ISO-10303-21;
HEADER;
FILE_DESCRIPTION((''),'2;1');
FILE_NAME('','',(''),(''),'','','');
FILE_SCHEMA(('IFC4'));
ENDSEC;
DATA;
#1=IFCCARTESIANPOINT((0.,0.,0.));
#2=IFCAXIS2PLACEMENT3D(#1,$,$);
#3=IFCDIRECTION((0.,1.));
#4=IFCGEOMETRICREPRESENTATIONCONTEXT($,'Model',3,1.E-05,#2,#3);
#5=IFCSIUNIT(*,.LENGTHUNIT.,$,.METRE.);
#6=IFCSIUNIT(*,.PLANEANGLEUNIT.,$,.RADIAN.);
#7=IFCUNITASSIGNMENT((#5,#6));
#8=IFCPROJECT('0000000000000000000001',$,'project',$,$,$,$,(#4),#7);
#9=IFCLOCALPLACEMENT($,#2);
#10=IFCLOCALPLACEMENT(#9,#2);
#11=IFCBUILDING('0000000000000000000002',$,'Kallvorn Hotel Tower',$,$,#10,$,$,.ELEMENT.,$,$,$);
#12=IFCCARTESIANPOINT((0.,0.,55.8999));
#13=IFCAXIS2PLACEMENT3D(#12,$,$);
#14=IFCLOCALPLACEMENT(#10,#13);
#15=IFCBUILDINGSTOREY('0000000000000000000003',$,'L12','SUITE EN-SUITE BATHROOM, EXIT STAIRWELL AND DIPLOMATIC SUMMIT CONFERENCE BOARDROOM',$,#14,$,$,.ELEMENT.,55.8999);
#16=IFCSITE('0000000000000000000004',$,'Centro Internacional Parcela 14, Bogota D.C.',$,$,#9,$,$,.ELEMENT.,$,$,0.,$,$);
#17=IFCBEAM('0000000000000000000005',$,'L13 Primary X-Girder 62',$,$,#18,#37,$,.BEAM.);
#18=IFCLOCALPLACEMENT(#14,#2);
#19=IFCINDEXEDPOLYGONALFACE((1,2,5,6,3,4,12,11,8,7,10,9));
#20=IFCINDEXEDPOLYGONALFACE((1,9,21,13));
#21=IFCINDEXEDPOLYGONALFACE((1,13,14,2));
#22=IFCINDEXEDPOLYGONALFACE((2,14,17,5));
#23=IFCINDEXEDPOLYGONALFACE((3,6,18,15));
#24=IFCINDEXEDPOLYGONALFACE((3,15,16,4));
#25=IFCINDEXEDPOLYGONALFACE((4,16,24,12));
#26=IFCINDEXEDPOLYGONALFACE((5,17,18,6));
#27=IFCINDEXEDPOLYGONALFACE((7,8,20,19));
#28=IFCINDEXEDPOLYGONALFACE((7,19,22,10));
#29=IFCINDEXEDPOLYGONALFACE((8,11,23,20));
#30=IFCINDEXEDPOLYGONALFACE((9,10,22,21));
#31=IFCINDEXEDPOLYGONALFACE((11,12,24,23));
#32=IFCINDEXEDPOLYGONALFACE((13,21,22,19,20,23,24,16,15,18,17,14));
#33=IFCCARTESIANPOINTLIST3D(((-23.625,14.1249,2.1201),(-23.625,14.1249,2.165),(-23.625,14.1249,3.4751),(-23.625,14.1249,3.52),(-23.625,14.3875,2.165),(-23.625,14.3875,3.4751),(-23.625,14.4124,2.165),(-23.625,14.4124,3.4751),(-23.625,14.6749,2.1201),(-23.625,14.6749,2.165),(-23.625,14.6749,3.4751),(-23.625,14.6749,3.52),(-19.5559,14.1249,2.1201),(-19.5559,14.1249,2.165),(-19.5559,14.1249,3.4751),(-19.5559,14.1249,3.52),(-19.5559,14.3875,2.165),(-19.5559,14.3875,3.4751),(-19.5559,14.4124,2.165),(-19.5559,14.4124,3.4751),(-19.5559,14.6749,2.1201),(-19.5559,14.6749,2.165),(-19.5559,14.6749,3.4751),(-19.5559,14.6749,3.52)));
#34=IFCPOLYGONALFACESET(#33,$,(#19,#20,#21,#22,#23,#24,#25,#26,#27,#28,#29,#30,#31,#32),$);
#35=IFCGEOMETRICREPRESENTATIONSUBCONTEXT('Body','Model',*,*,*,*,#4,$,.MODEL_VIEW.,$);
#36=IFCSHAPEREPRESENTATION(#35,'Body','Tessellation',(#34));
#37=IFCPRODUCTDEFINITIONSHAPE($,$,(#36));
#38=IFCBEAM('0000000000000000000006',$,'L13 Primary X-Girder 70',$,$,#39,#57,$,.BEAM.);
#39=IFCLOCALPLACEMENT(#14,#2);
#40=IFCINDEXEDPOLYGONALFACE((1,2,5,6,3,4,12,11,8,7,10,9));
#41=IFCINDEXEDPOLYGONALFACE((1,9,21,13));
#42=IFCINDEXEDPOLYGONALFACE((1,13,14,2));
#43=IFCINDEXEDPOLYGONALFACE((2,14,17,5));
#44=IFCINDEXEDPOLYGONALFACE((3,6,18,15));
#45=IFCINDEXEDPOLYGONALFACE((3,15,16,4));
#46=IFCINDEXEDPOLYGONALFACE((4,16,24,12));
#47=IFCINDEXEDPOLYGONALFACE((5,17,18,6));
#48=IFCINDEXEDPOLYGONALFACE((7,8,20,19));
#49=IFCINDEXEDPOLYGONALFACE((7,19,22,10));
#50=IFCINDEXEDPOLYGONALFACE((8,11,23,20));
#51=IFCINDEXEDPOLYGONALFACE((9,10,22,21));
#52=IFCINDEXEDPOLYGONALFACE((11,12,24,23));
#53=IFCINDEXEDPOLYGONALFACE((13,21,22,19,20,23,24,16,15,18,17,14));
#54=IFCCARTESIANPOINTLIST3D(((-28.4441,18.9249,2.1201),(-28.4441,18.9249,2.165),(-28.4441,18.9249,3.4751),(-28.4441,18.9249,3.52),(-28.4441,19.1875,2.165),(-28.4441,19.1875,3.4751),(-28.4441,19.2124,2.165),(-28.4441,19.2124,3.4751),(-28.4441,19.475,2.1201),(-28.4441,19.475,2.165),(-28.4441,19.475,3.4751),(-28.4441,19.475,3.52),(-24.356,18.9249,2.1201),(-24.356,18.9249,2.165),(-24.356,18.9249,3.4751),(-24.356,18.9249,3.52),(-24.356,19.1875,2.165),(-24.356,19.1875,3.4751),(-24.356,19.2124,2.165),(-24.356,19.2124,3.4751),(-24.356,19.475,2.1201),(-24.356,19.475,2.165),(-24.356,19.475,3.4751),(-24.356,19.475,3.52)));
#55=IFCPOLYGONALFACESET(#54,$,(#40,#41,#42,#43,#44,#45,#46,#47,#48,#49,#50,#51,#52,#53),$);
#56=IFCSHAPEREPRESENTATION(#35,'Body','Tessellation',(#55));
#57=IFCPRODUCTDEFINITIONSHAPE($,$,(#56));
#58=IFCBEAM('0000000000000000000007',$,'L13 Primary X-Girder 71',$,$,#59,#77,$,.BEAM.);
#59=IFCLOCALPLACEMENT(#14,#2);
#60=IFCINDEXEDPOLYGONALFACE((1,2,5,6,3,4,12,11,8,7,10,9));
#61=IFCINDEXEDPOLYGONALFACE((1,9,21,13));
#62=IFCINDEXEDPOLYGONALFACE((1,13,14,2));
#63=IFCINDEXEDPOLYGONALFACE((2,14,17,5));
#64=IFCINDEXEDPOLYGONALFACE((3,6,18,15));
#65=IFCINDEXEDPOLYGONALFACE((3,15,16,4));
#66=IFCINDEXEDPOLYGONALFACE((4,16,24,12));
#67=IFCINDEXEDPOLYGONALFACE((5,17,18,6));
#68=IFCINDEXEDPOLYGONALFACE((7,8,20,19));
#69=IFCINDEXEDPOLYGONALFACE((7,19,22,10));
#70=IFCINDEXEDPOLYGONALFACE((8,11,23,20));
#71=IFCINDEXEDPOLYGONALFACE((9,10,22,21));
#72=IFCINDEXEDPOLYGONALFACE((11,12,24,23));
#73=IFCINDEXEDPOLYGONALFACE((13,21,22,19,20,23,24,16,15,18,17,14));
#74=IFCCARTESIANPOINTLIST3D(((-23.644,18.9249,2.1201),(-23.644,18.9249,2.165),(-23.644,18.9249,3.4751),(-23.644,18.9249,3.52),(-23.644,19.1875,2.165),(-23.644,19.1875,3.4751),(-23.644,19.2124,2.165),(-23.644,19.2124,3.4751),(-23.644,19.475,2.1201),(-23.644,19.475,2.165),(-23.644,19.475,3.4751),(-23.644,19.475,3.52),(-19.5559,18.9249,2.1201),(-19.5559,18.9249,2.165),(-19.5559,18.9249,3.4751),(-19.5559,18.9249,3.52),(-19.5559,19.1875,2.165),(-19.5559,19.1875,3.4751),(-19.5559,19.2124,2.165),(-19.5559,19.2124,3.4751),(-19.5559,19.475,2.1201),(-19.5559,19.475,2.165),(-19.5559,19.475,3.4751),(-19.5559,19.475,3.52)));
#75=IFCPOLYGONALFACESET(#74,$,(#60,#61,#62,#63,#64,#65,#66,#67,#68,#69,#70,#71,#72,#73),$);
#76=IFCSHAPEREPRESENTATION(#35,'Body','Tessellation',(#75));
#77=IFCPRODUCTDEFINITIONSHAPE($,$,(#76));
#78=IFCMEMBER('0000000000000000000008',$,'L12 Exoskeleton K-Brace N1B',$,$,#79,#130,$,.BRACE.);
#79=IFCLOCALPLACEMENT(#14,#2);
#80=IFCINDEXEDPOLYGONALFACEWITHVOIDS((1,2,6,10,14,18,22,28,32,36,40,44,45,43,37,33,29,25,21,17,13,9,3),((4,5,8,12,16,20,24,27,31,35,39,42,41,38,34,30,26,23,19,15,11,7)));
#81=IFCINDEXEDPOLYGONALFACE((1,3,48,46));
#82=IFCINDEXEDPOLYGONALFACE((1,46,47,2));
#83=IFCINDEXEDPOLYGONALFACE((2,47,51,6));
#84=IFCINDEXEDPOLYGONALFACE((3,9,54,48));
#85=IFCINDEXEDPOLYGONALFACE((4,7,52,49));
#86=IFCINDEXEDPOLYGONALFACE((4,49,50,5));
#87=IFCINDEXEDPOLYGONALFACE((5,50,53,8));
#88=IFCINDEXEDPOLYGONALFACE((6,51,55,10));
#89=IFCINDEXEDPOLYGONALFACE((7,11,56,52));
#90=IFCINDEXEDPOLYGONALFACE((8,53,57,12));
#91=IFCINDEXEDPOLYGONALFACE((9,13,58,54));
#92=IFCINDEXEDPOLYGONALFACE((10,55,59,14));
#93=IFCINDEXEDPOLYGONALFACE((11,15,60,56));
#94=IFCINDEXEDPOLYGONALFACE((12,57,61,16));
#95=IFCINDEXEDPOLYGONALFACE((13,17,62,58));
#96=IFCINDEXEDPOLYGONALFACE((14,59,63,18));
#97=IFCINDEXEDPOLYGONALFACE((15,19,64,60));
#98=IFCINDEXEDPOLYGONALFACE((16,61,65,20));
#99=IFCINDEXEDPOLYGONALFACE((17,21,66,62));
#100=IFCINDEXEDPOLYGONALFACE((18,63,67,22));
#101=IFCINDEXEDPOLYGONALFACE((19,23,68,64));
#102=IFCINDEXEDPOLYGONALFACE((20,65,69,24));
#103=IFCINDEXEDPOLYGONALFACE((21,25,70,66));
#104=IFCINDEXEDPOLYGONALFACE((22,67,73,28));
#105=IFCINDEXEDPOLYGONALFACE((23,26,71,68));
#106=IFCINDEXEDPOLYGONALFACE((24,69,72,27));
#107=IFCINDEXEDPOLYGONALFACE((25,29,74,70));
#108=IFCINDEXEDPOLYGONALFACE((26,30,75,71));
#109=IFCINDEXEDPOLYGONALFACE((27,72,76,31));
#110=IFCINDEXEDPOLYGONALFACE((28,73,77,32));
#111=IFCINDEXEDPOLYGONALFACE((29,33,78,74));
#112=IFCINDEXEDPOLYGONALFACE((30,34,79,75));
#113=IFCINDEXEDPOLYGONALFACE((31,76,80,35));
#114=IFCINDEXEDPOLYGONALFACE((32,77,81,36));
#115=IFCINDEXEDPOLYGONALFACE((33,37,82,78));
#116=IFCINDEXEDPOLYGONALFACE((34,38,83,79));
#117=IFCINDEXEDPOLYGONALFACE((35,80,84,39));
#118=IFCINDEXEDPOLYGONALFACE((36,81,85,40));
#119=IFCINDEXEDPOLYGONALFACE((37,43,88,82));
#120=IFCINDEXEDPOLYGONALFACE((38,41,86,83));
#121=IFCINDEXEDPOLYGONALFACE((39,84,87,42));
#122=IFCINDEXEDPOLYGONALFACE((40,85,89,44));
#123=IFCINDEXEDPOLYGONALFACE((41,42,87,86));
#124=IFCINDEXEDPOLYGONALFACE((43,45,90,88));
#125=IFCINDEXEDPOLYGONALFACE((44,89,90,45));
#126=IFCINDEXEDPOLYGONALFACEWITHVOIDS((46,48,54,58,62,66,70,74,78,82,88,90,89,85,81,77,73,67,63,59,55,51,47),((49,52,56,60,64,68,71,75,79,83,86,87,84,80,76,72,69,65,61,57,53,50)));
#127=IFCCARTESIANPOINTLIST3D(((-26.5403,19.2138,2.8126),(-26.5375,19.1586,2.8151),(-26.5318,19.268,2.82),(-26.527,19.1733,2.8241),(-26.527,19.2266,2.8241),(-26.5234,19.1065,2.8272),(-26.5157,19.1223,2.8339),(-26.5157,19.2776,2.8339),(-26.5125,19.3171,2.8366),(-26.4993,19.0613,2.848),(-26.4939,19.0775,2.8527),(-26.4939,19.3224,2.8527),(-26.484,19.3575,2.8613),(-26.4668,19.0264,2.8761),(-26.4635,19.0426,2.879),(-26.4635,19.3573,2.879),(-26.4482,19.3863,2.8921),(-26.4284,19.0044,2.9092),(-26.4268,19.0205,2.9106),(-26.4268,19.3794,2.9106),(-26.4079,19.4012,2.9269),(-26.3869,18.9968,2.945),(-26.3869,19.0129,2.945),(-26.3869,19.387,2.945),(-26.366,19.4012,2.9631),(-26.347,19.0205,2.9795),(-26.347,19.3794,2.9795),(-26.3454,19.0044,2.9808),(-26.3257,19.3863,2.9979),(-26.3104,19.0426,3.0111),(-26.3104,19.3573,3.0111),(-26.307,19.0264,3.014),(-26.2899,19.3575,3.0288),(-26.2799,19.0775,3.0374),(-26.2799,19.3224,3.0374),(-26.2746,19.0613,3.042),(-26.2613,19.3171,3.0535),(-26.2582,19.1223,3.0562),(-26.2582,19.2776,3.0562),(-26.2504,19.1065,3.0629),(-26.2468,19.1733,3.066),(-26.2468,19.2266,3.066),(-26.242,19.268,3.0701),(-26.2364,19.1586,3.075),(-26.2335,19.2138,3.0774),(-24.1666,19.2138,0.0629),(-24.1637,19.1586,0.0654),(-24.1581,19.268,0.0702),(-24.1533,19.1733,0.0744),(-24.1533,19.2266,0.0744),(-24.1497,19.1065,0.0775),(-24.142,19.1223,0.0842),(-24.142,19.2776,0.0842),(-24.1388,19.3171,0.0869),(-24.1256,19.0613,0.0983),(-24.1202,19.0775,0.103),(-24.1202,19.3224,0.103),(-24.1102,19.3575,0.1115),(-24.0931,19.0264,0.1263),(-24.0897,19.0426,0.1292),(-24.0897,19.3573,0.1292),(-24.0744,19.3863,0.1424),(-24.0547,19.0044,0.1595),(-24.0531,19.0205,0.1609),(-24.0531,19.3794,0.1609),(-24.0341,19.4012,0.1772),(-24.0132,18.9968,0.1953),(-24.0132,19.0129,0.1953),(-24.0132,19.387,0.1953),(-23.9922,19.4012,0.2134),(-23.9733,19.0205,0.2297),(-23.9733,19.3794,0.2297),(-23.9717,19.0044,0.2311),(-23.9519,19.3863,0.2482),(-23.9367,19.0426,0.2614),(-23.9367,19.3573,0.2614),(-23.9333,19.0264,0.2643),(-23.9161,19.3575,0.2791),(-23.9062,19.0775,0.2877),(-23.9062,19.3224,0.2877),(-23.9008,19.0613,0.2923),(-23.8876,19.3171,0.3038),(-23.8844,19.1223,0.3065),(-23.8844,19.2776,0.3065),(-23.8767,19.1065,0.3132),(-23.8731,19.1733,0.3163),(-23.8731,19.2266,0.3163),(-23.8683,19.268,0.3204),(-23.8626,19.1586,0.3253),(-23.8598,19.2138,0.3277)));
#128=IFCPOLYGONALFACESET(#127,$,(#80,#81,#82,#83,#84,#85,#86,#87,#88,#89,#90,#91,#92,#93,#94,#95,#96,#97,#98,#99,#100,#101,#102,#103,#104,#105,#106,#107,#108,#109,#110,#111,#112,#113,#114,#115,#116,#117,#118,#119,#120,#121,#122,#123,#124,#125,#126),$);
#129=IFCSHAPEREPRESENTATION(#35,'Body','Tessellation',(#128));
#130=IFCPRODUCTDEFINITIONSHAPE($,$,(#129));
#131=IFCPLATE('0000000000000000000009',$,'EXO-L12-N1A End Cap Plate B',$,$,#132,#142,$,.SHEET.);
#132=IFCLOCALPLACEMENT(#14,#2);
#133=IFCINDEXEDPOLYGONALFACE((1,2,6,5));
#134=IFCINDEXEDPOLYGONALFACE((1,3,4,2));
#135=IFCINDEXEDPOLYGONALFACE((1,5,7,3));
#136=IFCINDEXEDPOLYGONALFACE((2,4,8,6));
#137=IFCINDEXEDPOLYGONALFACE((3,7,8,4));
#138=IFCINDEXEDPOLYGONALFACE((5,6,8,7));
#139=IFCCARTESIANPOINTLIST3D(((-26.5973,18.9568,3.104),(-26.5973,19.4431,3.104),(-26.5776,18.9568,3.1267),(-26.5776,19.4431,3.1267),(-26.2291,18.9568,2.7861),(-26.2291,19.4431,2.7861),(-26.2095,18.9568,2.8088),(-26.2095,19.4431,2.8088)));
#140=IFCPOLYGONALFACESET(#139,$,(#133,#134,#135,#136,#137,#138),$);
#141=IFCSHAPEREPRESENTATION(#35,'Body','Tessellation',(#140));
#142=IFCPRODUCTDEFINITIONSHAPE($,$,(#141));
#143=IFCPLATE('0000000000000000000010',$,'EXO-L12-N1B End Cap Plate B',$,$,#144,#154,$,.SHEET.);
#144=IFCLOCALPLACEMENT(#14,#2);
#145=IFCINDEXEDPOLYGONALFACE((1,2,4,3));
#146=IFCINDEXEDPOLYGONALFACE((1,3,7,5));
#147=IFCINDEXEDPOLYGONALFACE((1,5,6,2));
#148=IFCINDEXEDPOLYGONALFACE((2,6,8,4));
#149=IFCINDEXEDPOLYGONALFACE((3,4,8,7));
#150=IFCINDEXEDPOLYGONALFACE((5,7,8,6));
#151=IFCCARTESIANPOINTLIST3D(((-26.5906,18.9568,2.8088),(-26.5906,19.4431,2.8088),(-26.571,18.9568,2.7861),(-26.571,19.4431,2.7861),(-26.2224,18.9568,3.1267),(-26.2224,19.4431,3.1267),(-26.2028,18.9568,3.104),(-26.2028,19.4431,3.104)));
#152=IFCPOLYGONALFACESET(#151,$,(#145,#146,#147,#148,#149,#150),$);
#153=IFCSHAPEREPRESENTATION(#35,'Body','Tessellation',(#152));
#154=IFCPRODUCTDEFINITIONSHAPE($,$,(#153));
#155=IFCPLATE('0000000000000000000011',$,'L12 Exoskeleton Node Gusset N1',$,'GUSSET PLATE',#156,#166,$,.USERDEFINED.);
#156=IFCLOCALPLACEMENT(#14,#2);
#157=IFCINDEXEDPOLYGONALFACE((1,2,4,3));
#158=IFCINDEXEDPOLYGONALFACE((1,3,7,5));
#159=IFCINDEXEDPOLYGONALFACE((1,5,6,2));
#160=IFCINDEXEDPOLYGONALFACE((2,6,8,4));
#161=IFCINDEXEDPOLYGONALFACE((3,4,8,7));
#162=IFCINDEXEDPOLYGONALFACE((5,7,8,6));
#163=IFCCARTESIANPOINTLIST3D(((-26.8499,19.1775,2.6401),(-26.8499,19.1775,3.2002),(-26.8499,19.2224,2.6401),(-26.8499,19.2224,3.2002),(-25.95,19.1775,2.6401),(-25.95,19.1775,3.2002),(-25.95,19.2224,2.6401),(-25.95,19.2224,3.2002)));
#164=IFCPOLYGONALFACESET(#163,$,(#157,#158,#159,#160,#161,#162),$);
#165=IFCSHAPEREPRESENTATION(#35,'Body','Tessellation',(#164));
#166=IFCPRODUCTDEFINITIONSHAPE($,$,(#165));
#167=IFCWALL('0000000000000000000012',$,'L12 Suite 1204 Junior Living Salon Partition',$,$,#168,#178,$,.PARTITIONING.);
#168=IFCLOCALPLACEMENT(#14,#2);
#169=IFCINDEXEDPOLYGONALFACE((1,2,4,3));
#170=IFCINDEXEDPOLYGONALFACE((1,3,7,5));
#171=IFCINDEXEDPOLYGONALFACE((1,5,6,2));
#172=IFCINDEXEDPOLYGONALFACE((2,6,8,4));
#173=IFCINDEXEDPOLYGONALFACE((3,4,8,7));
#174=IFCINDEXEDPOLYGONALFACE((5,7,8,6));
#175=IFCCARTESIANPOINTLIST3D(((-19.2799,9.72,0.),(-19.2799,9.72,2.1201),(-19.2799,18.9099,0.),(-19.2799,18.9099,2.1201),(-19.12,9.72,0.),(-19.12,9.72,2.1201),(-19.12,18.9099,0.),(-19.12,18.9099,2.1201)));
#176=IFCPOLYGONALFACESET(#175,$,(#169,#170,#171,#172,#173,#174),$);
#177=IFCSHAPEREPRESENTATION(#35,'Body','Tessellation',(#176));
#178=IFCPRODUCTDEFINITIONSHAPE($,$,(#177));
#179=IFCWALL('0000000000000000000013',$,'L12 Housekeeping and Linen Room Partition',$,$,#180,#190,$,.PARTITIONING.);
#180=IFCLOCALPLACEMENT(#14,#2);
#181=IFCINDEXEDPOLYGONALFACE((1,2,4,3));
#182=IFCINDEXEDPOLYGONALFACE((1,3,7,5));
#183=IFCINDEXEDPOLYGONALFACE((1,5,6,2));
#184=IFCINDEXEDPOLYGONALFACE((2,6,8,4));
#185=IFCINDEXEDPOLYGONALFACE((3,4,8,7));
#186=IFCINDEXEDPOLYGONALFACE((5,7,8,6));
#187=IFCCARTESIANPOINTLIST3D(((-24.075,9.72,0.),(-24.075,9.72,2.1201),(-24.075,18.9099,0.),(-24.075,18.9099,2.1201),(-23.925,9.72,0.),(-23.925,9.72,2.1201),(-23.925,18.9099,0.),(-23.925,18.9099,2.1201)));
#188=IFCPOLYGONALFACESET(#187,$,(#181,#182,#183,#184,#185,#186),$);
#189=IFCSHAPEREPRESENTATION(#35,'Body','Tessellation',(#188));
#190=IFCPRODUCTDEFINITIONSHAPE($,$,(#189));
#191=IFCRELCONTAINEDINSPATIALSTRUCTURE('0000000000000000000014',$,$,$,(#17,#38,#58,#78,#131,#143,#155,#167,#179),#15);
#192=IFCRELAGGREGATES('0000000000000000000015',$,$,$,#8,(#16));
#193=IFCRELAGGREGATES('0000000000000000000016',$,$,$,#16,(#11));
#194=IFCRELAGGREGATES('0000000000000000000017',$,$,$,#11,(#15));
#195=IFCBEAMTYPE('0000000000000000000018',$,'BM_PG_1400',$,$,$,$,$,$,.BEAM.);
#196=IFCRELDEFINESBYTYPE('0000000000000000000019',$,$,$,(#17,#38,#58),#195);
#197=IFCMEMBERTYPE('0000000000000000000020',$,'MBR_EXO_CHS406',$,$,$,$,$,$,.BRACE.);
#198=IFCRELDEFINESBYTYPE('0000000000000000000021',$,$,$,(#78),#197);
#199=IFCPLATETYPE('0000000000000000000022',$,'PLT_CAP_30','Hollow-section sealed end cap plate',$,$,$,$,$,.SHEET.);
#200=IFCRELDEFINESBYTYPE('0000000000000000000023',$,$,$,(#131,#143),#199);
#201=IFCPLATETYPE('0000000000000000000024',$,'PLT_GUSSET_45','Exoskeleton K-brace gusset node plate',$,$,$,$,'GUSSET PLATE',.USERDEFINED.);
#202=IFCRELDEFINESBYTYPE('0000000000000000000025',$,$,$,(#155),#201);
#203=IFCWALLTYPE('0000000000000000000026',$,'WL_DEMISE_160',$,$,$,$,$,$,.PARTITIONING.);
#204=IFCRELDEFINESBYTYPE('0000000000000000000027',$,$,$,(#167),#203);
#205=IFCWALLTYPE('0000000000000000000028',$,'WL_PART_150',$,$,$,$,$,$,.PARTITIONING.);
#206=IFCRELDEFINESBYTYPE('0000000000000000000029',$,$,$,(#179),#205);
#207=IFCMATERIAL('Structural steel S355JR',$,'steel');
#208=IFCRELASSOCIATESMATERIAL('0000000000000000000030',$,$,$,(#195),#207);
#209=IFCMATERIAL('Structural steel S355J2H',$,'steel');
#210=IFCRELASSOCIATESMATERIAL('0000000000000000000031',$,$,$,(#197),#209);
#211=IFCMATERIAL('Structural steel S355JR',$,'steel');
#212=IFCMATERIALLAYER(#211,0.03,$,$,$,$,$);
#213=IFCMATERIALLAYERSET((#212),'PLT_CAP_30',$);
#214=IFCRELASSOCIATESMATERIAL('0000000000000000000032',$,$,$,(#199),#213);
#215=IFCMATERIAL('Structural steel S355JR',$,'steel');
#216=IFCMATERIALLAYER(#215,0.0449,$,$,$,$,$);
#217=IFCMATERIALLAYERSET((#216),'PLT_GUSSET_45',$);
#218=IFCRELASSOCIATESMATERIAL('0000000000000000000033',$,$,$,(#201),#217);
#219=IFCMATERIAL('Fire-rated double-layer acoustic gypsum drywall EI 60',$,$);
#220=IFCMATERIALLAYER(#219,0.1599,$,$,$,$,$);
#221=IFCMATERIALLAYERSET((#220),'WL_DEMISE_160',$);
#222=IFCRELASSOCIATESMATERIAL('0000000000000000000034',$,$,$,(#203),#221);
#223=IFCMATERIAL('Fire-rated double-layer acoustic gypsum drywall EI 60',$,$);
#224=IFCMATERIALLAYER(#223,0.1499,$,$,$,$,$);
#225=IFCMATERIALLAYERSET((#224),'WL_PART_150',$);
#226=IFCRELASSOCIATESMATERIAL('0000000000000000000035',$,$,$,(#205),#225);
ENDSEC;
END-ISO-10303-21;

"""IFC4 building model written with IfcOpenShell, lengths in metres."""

from ifc_helpers import new_model, si_unit, direction, frame, frame_2d, origin, origin_2d, place, context, subcontext, project, spatial, polyline, rectangle, hollow_circle, i_section, outline, extrude, material, layer, layer_set, material_profile, profile_set, type_object, element, save


model = new_model("IFC4")

# Units and contexts
model_context = context("Model", 3, precision=1e-05, world=origin(), true_north=direction((0.0, 1.0)))
body_context = subcontext(model_context, "Body", "Model", "MODEL_VIEW")
ifc_project = project(units=[si_unit("LENGTHUNIT", "METRE"), si_unit("PLANEANGLEUNIT", "RADIAN")], contexts=[model_context])

# Site, building, storey
site_placement = place(None, origin())
site = spatial("IfcSite", under=ifc_project, at=site_placement, Name="Centro Internacional Parcela 14, Bogota D.C.", CompositionType="ELEMENT", RefElevation=0.0)
building_placement = place(site_placement, origin())
building = spatial("IfcBuilding", under=site, at=building_placement, Name="Kallvorn Hotel Tower", CompositionType="ELEMENT")
storey_placement = place(building_placement, frame((0.0, 0.0, 55.8999)))
storey = spatial("IfcBuildingStorey", under=building, at=storey_placement, Name="L12", Description="SUITE EN-SUITE BATHROOM, EXIT STAIRWELL AND DIPLOMATIC SUMMIT CONFERENCE BOARDROOM", CompositionType="ELEMENT", Elevation=55.8999)

# Beams
ifc_material_1 = material(Name="Structural steel S355JR", Category="steel")
ifc_material_profile_1 = material_profile(ifc_material_1, i_section(OverallWidth=0.55, OverallDepth=1.3999, WebThickness=0.0249, FlangeThickness=0.0449, at=origin_2d()), Name="PG 1400x550x25x45")
ifc_profile_set_1 = profile_set([ifc_material_profile_1], Name="Structural steel S355JR")
beam_type_1 = type_object("IfcBeamType", Name="BM_PG_1400", PredefinedType="BEAM", material=ifc_profile_set_1)
for number, where, z_axis, x_axis, name in (
    (1, (-23.625, 14.3999, 2.8201), (1.0, 0.0, 0.0), (0.0, 1.0, 0.0), "L13 Primary X-Girder 62"),
):
    element("IfcBeam", number, at=place(storey_placement, frame(where, z_axis=z_axis, x_axis=x_axis)), inside=storey, type_object=beam_type_1, Name=name, PredefinedType="BEAM", context=body_context, shape_type="SweptSolid", body=[
        extrude(i_section(OverallWidth=0.55, OverallDepth=1.3999, WebThickness=0.0249, FlangeThickness=0.0449, at=origin_2d()), origin(), (0.0, 0.0, 1.0), 4.0691),
    ])
for number, where, z_axis, x_axis, name in (
    (2, (-28.4441, 19.2, 2.8201), (1.0, 0.0, 0.0), (0.0, 1.0, 0.0), "L13 Primary X-Girder 70"),
    (3, (-23.644, 19.2, 2.8201), (1.0, 0.0, 0.0), (0.0, 1.0, 0.0), "L13 Primary X-Girder 71"),
):
    element("IfcBeam", number, at=place(storey_placement, frame(where, z_axis=z_axis, x_axis=x_axis)), inside=storey, type_object=beam_type_1, Name=name, PredefinedType="BEAM", context=body_context, shape_type="SweptSolid", body=[
        extrude(i_section(OverallWidth=0.55, OverallDepth=1.3999, WebThickness=0.0249, FlangeThickness=0.0449, at=origin_2d()), origin(), (0.0, 0.0, 1.0), 4.0881),
    ])

# Member
ifc_material_2 = material(Name="Structural steel S355J2H", Category="steel")
ifc_material_profile_2 = material_profile(ifc_material_2, hollow_circle(Radius=0.2031, WallThickness=0.0161, at=origin_2d()), Name="CHS 406.4x16")
ifc_profile_set_2 = profile_set([ifc_material_profile_2], Name="Structural steel S355J2H")
member_type = type_object("IfcMemberType", Name="MBR_EXO_CHS406", PredefinedType="BRACE", material=ifc_profile_set_2)
member_placement = place(storey_placement, frame((-24.0132, 19.2, 0.1953), z_axis=(-0.653461, 0.0, 0.756961), x_axis=(0.0, -1.0, 0.0)))
element("IfcMember", 4, at=member_placement, inside=storey, type_object=member_type, Name="L12 Exoskeleton K-Brace N1B", PredefinedType="BRACE", context=body_context, shape_type="SweptSolid", body=[
    extrude(hollow_circle(Radius=0.2031, WallThickness=0.0161, at=origin_2d()), origin(), (0.0, 0.0, 1.0), 3.6326),
])

# Plates
ifc_material_3 = material(Name="Structural steel S355JR", Category="steel")
ifc_layer_1 = layer(ifc_material_3, 0.03)
ifc_layer_set_1 = layer_set([ifc_layer_1], Name="PLT_CAP_30")
plate_type_1 = type_object("IfcPlateType", Name="PLT_CAP_30", Description="Hollow-section sealed end cap plate", PredefinedType="SHEET", material=ifc_layer_set_1)
for number, where, z_axis, x_axis, name in (
    (5, (-26.2095, 18.9568, 2.8088), (0.653515, 0.0, 0.756913), (0.0, 1.0, 0.0), "EXO-L12-N1A End Cap Plate B"),
    (6, (-26.5906, 19.4431, 2.8088), (-0.653515, 0.0, 0.756913), (0.0, -1.0, 0.0), "EXO-L12-N1B End Cap Plate B"),
):
    element("IfcPlate", number, at=place(storey_placement, frame(where, z_axis=z_axis, x_axis=x_axis)), inside=storey, type_object=plate_type_1, Name=name, PredefinedType="SHEET", context=body_context, shape_type="SweptSolid", body=[
        extrude(outline(polyline([(0.0, 0.0), (0.4863, 0.0), (0.4863, 0.4864), (0.0, 0.4864), (0.0, 0.0)])), origin(), (0.0, 0.0, -1.0), 0.03),
    ])
ifc_material_4 = material(Name="Structural steel S355JR", Category="steel")
ifc_layer_2 = layer(ifc_material_4, 0.0449)
ifc_layer_set_2 = layer_set([ifc_layer_2], Name="PLT_GUSSET_45")
plate_type_2 = type_object("IfcPlateType", Name="PLT_GUSSET_45", Description="Exoskeleton K-brace gusset node plate", ElementType="GUSSET PLATE", PredefinedType="USERDEFINED", material=ifc_layer_set_2)
plate_placement = place(storey_placement, frame((-26.3999, 19.2, 2.6401), z_axis=(0.0, 0.0, 1.0), x_axis=(1.0, 0.0, 0.0)))
element("IfcPlate", 7, at=plate_placement, inside=storey, type_object=plate_type_2, Name="L12 Exoskeleton Node Gusset N1", ObjectType="GUSSET PLATE", PredefinedType="USERDEFINED", context=body_context, shape_type="SweptSolid", body=[
    extrude(rectangle(XDim=0.8999, YDim=0.0449, at=origin_2d()), origin(), (0.0, 0.0, 1.0), 0.5601),
])

# Walls
ifc_material_5 = material(Name="Fire-rated double-layer acoustic gypsum drywall EI 60")
ifc_layer_3 = layer(ifc_material_5, 0.1599)
ifc_layer_set_3 = layer_set([ifc_layer_3], Name="WL_DEMISE_160")
wall_type_1 = type_object("IfcWallType", Name="WL_DEMISE_160", PredefinedType="PARTITIONING", material=ifc_layer_set_3)
wall_placement = place(storey_placement, frame((-19.2, 9.72, 0.0), z_axis=(0.0, 0.0, 1.0), x_axis=(0.0, 1.0, 0.0)))
element("IfcWall", 8, at=wall_placement, inside=storey, type_object=wall_type_1, Name="L12 Suite 1204 Junior Living Salon Partition", PredefinedType="PARTITIONING", context=body_context, shape_type="SweptSolid", body=[
    extrude(rectangle(XDim=9.1899, YDim=0.1599, at=frame_2d((4.595, 0.0))), origin(), (0.0, 0.0, 1.0), 2.1201),
])
ifc_material_6 = material(Name="Fire-rated double-layer acoustic gypsum drywall EI 60")
ifc_layer_4 = layer(ifc_material_6, 0.1499)
ifc_layer_set_4 = layer_set([ifc_layer_4], Name="WL_PART_150")
wall_type_2 = type_object("IfcWallType", Name="WL_PART_150", PredefinedType="PARTITIONING", material=ifc_layer_set_4)
for number, where, z_axis, x_axis, name in (
    (9, (-24.0, 9.72, 0.0), (0.0, 0.0, 1.0), (0.0, 1.0, 0.0), "L12 Housekeeping and Linen Room Partition"),
):
    element("IfcWall", number, at=place(storey_placement, frame(where, z_axis=z_axis, x_axis=x_axis)), inside=storey, type_object=wall_type_2, Name=name, PredefinedType="PARTITIONING", context=body_context, shape_type="SweptSolid", body=[
        extrude(rectangle(XDim=9.1899, YDim=0.1499, at=frame_2d((4.595, 0.0))), origin(), (0.0, 0.0, 1.0), 2.1201),
    ])

save(model, "model.ifc")
